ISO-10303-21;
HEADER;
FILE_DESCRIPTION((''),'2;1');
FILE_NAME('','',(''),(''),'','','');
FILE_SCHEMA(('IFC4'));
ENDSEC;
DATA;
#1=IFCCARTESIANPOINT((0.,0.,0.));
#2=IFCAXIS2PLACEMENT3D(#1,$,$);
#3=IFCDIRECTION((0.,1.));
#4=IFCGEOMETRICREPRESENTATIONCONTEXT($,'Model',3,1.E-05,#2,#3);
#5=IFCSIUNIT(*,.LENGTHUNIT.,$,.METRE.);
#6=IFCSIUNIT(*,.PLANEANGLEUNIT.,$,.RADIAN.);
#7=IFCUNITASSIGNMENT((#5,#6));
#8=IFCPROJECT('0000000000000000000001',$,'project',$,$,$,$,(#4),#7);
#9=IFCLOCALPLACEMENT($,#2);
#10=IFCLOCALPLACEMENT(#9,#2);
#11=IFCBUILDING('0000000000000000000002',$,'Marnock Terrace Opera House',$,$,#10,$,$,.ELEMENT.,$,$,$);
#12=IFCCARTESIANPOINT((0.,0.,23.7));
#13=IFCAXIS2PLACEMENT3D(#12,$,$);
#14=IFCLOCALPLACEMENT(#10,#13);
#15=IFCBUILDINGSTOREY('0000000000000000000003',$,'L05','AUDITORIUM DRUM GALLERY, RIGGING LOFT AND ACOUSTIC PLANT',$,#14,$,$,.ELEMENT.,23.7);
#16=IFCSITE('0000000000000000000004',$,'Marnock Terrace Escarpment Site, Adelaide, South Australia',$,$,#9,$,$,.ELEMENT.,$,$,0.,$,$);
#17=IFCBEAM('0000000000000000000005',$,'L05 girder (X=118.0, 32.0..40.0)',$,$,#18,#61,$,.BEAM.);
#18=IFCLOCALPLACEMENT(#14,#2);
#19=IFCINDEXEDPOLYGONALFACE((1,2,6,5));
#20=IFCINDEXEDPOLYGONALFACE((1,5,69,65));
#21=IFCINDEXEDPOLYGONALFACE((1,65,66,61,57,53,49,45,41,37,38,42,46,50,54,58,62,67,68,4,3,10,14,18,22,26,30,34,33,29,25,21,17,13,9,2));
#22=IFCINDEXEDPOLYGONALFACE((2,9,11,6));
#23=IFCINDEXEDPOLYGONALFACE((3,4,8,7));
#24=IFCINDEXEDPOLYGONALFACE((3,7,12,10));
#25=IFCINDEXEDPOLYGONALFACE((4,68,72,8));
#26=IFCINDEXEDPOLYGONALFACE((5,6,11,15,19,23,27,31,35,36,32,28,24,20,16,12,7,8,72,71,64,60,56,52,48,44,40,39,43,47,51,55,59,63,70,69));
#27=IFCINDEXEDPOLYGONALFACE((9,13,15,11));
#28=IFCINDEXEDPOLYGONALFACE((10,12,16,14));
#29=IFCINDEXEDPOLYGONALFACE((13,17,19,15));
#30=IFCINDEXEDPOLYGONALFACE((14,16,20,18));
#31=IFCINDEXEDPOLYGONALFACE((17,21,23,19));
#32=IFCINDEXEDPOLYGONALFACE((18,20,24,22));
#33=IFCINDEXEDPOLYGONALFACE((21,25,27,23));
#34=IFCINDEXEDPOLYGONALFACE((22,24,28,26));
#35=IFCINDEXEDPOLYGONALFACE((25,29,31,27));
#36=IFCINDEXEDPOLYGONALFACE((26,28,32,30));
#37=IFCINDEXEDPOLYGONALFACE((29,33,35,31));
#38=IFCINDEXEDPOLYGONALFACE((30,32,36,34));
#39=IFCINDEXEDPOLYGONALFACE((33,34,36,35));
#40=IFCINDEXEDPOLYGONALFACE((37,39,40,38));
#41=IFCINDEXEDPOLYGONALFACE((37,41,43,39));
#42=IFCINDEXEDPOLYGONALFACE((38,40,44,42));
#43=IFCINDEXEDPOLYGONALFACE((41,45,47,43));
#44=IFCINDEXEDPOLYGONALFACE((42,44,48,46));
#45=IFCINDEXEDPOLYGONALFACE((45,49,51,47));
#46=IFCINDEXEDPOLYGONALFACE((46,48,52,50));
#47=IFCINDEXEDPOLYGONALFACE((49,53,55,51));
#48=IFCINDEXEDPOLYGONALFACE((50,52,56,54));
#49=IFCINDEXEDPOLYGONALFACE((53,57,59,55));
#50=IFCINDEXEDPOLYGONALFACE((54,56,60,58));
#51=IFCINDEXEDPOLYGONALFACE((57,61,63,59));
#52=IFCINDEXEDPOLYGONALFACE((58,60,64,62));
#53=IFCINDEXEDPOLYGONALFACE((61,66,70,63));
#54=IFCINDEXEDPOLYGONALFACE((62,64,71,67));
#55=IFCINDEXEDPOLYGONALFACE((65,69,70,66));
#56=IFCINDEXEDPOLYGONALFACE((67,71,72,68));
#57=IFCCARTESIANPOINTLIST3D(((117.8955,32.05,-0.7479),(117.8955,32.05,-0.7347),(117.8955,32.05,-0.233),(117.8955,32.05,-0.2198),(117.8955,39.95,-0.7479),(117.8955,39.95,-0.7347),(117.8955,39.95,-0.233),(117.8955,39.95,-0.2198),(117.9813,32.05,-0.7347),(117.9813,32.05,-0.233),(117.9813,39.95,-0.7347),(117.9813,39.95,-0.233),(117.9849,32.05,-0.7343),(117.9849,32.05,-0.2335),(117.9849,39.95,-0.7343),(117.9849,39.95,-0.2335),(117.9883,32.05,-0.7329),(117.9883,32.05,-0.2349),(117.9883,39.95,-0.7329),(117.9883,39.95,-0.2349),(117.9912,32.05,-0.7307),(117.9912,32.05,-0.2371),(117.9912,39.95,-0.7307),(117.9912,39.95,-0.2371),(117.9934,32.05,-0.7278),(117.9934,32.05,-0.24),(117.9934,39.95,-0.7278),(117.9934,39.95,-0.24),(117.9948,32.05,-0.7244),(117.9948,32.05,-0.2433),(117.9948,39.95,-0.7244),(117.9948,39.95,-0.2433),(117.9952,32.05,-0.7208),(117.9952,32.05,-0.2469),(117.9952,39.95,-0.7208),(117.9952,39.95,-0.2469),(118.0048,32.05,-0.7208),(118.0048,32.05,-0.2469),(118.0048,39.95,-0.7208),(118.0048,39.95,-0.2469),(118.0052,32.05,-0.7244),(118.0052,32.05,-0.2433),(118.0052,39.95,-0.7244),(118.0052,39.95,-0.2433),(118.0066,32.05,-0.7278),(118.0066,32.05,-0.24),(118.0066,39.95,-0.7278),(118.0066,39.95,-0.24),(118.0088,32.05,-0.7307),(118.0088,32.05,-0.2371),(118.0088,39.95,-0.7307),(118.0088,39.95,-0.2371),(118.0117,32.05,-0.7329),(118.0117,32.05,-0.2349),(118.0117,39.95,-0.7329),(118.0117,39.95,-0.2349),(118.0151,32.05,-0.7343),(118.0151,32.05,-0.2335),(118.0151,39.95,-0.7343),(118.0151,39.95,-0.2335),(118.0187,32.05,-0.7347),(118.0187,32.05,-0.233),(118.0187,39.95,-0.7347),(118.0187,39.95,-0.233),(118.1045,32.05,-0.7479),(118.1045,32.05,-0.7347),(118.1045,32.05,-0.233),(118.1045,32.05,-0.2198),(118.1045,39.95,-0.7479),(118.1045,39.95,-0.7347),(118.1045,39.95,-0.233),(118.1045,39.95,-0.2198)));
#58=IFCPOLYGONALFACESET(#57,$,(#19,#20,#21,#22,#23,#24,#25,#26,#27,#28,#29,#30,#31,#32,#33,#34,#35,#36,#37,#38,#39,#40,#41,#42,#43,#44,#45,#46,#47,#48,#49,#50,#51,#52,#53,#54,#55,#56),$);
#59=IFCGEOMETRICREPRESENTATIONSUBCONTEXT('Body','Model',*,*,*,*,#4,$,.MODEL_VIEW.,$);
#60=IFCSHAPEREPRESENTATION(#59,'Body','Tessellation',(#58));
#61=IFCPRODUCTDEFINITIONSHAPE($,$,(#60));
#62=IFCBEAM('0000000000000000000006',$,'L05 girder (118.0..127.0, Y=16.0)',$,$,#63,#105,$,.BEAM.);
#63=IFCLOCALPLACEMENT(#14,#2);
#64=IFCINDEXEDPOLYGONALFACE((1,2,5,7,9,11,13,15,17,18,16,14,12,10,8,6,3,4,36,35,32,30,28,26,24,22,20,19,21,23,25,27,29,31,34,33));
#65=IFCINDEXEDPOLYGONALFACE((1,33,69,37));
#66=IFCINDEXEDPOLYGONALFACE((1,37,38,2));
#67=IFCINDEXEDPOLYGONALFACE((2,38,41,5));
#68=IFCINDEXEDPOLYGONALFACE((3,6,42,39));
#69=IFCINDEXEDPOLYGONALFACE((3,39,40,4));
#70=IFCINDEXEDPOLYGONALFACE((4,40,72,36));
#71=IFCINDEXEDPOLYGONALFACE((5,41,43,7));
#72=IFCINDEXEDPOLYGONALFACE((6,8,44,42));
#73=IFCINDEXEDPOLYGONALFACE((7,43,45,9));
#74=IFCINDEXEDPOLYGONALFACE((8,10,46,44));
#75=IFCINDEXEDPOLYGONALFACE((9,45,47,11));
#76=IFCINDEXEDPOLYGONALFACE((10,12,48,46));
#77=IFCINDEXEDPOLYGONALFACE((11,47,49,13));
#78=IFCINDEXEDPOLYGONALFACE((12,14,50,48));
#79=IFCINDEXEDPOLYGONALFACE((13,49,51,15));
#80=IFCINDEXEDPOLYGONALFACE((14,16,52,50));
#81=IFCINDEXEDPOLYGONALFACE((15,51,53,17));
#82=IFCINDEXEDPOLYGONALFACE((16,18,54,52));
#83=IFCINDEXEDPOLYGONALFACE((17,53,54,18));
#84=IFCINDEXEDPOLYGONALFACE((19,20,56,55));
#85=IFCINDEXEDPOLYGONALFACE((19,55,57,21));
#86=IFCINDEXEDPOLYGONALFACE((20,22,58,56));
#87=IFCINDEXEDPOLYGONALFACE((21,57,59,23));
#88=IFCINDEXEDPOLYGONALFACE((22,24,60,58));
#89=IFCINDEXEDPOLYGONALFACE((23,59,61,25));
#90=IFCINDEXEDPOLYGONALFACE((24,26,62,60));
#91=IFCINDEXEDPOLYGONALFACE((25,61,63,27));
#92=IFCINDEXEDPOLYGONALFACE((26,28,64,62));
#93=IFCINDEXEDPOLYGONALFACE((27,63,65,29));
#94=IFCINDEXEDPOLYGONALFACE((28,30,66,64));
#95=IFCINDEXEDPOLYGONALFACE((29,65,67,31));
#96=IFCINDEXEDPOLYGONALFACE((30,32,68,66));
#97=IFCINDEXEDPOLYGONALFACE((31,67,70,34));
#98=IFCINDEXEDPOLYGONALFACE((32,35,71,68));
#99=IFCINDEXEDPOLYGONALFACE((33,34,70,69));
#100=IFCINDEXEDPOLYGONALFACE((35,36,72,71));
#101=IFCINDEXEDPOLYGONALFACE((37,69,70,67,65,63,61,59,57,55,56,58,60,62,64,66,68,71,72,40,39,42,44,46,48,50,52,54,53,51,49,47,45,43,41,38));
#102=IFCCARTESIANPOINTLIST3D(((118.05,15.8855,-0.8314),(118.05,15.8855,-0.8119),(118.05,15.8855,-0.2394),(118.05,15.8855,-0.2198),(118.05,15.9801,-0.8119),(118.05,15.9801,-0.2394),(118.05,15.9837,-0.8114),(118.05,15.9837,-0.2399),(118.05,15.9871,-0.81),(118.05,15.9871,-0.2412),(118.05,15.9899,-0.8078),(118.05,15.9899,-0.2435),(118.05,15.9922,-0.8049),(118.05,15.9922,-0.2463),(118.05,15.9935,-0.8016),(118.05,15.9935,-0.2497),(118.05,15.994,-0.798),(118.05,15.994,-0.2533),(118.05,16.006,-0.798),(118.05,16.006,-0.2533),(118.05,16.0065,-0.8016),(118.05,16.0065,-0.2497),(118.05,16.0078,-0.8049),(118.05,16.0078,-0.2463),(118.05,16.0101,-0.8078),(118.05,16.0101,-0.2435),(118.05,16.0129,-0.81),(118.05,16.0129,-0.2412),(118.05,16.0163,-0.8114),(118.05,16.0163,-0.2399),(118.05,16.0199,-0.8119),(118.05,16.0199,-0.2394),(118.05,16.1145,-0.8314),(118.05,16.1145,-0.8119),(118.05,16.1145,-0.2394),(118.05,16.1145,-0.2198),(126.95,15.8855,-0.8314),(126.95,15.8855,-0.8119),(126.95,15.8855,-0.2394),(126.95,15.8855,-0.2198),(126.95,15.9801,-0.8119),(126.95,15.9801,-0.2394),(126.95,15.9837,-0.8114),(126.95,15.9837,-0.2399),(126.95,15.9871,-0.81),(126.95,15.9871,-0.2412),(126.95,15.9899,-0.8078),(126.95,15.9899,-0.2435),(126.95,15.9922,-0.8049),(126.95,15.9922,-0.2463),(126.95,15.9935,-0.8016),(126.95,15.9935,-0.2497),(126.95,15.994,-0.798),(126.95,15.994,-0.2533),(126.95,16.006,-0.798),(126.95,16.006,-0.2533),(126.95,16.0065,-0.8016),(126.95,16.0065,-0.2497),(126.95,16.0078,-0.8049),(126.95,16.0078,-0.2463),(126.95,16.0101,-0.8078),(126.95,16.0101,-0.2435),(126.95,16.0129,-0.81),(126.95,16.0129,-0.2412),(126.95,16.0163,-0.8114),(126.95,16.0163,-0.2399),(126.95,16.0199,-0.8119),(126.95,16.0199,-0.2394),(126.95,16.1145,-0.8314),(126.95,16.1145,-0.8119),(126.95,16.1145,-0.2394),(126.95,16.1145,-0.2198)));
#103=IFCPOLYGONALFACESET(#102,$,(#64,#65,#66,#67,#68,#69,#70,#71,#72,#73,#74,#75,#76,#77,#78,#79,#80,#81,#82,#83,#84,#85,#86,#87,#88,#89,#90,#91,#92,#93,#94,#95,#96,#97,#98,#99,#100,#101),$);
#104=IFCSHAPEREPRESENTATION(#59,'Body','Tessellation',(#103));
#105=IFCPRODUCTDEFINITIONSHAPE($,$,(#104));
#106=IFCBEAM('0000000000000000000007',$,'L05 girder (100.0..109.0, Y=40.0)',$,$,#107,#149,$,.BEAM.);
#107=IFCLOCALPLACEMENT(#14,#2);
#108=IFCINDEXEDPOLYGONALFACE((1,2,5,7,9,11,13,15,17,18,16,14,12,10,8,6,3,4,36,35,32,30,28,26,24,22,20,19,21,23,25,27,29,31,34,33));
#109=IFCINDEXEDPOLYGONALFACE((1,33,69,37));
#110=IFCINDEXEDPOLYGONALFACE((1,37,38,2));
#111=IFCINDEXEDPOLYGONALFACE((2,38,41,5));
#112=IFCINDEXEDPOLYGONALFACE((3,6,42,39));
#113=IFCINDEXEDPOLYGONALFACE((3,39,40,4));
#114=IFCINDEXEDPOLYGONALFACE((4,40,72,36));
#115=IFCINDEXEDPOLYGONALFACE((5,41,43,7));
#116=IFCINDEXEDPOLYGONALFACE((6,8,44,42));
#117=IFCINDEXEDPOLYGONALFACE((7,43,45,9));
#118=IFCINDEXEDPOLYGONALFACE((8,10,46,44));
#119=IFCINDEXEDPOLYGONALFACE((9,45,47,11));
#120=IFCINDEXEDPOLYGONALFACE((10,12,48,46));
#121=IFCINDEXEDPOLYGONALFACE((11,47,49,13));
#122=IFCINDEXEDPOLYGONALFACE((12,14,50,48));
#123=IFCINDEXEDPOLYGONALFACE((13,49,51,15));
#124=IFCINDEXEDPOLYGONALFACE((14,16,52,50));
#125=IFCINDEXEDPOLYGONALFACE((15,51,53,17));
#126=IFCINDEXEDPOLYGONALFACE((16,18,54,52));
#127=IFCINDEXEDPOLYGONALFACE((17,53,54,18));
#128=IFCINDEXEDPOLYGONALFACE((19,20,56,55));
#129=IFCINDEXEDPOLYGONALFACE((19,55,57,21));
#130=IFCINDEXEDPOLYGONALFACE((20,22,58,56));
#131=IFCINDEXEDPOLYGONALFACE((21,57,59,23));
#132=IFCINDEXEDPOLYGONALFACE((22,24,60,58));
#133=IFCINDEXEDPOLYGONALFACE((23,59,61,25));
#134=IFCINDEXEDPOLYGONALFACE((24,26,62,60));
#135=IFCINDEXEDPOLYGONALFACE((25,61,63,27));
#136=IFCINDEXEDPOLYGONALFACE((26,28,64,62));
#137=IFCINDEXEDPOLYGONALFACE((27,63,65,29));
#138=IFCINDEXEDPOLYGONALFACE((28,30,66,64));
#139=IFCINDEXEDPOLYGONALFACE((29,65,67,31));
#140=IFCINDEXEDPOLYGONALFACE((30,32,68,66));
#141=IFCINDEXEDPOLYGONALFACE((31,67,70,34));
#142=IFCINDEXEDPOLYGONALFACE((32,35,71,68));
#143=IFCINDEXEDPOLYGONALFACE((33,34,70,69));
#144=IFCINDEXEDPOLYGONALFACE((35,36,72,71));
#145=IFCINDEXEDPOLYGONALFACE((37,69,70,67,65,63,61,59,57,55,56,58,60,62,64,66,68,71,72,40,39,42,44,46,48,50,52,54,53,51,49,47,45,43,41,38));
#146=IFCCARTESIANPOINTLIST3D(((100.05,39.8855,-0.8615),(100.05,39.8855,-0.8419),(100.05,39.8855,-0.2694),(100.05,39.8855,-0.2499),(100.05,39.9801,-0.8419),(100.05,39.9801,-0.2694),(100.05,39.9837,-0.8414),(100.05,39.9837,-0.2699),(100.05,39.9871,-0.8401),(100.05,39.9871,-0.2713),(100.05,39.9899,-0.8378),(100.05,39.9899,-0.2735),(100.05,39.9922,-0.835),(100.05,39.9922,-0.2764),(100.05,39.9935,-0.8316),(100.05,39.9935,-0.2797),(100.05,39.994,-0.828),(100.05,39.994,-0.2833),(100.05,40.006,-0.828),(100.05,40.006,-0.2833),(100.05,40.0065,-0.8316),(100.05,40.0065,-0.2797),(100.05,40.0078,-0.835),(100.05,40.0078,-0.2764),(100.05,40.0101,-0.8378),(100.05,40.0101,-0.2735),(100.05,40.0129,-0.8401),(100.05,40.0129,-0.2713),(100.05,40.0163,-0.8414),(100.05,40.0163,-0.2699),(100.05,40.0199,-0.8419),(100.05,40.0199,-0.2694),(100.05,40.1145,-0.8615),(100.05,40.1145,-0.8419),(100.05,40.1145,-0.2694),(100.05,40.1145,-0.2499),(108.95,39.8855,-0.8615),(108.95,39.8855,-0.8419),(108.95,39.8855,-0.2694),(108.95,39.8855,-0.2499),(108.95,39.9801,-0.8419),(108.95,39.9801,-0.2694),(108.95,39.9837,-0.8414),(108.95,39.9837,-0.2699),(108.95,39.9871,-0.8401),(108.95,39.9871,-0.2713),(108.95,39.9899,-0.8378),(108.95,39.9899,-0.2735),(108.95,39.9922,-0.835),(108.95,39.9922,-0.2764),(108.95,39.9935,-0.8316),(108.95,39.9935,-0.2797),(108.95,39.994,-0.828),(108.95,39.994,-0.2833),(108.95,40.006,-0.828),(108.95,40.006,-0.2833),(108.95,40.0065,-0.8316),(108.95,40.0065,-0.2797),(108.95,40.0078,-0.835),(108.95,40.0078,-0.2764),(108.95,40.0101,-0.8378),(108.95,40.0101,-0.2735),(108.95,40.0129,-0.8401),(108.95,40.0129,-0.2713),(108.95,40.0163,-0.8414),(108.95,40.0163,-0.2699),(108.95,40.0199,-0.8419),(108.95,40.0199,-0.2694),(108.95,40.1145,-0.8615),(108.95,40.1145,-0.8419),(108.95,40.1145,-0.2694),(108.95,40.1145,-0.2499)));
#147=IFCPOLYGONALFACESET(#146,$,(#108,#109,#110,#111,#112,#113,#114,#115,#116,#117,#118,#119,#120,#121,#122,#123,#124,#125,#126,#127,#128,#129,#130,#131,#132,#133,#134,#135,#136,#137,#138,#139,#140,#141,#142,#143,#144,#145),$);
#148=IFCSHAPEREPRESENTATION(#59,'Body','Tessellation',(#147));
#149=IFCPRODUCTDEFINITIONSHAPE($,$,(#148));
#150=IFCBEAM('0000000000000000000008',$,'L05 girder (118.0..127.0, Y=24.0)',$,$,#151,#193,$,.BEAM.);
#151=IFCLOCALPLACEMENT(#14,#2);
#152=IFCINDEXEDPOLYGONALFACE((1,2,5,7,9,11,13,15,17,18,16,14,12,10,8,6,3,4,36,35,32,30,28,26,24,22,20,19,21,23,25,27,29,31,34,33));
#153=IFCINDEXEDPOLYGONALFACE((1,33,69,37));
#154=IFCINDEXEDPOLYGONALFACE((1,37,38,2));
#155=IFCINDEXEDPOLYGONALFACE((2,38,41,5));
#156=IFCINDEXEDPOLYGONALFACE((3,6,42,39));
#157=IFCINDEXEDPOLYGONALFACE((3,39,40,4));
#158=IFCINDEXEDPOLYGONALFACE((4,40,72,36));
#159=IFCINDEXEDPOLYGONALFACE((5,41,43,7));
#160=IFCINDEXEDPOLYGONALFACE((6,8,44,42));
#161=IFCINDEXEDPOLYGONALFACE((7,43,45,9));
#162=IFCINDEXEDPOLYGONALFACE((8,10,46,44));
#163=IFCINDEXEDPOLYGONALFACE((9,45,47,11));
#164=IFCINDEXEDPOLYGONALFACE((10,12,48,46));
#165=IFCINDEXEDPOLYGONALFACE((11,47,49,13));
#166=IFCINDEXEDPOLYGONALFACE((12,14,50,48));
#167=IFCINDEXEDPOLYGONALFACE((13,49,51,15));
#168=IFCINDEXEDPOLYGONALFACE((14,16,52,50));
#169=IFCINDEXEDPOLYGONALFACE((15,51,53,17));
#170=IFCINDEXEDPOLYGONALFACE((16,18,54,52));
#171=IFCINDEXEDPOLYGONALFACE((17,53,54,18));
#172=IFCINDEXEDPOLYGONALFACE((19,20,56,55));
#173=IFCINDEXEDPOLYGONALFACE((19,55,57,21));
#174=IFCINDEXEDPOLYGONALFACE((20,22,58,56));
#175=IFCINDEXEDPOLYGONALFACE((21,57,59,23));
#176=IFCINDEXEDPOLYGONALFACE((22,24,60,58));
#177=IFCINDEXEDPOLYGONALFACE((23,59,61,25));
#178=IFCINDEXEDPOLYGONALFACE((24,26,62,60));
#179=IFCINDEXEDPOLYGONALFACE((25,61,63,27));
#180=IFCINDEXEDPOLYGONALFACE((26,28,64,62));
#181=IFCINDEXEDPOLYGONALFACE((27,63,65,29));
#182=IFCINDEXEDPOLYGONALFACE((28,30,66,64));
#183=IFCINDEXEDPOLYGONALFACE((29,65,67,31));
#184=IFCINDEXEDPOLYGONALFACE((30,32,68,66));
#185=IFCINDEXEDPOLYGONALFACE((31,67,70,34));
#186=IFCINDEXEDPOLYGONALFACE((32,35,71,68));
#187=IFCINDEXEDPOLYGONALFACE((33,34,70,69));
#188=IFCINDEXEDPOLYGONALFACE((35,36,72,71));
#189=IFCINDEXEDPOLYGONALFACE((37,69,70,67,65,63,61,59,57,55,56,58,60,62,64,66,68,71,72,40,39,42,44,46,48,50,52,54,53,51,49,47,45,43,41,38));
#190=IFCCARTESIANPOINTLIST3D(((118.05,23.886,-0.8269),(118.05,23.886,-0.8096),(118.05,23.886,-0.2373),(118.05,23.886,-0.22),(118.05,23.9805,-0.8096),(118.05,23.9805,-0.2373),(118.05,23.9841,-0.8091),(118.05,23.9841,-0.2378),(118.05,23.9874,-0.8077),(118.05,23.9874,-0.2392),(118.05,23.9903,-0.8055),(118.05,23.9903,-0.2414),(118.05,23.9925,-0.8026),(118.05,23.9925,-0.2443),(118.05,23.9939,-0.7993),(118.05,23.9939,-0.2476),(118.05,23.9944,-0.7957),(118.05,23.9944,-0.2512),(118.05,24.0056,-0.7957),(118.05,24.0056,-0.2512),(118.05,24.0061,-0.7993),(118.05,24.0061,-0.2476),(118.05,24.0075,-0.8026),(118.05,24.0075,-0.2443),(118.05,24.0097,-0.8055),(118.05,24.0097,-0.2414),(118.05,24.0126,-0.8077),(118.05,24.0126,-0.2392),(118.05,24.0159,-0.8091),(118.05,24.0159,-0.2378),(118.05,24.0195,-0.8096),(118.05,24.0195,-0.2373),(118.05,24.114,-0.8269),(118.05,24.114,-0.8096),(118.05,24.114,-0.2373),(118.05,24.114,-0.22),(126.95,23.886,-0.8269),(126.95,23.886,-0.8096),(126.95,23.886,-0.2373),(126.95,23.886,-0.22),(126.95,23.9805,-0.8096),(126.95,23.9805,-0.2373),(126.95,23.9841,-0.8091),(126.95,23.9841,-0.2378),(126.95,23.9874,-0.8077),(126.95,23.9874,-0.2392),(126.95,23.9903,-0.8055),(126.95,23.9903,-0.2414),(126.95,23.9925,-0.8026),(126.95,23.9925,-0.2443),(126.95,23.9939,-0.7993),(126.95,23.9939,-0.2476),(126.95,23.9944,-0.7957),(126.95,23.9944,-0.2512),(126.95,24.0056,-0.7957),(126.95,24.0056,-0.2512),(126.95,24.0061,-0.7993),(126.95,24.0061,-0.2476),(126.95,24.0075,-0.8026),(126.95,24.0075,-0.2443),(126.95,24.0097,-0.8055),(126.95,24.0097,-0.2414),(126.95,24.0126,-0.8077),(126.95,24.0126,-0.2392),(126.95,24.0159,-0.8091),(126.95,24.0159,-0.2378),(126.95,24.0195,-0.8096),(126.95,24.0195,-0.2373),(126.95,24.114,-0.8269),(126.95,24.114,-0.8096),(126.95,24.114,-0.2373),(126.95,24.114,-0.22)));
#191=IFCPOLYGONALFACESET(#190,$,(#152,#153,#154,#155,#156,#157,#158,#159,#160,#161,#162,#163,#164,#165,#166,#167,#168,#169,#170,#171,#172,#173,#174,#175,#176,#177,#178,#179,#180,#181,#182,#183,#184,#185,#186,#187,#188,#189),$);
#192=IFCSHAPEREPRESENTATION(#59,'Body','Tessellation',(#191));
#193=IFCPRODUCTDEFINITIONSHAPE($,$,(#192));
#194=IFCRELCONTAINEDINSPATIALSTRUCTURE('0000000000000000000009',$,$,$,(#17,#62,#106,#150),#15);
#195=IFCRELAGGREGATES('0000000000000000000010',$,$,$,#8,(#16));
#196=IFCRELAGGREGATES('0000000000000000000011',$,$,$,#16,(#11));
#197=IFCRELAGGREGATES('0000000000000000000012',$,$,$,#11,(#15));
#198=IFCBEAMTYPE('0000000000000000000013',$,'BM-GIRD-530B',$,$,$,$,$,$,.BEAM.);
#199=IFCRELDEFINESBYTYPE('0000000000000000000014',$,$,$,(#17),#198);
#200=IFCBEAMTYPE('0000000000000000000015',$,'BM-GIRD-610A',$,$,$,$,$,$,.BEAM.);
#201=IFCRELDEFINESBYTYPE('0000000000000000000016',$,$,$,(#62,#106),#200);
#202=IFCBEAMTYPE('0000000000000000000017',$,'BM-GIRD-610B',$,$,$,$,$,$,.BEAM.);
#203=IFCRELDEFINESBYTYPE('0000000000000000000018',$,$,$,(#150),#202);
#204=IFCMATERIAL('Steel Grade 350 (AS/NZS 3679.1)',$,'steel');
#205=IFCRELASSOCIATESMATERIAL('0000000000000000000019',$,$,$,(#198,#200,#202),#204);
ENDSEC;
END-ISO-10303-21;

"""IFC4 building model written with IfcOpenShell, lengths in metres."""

from ifc_helpers import new_model, si_unit, direction, frame, origin, origin_2d, place, context, subcontext, project, spatial, i_section, extrude, material, material_profile, profile_set, type_object, element, save


model = new_model("IFC4")

# Units and contexts
model_context = context("Model", 3, precision=1e-05, world=origin(), true_north=direction((0.0, 1.0)))
body_context = subcontext(model_context, "Body", "Model", "MODEL_VIEW")
ifc_project = project(units=[si_unit("LENGTHUNIT", "METRE"), si_unit("PLANEANGLEUNIT", "RADIAN")], contexts=[model_context])

# Site, building, storey
site_placement = place(None, origin())
site = spatial("IfcSite", under=ifc_project, at=site_placement, Name="Marnock Terrace Escarpment Site, Adelaide, South Australia", CompositionType="ELEMENT", RefElevation=0.0)
building_placement = place(site_placement, origin())
building = spatial("IfcBuilding", under=site, at=building_placement, Name="Marnock Terrace Opera House", CompositionType="ELEMENT")
storey_placement = place(building_placement, frame((0.0, 0.0, 23.7)))
storey = spatial("IfcBuildingStorey", under=building, at=storey_placement, Name="L05", Description="AUDITORIUM DRUM GALLERY, RIGGING LOFT AND ACOUSTIC PLANT", CompositionType="ELEMENT", Elevation=23.7)

# Beams
ifc_material_1 = material(Name="Steel Grade 350 (AS/NZS 3679.1)", Category="steel")
ifc_material_profile_1 = material_profile(ifc_material_1, i_section(OverallWidth=0.209, OverallDepth=0.5281, WebThickness=0.0095, FlangeThickness=0.0132, FilletRadius=0.0139, at=origin_2d()))
ifc_profile_set_1 = profile_set([ifc_material_profile_1], Name="Steel Grade 350 (AS/NZS 3679.1)")
beam_type_1 = type_object("IfcBeamType", Name="BM-GIRD-530B", PredefinedType="BEAM", material=ifc_profile_set_1)
for number, where, z_axis, x_axis, name in (
    (1, (118.0, 32.05, -0.4839), (0.0, 1.0, 0.0), (-1.0, 0.0, 0.0), "L05 girder (X=118.0, 32.0..40.0)"),
):
    element("IfcBeam", number, at=place(storey_placement, frame(where, z_axis=z_axis, x_axis=x_axis)), inside=storey, type_object=beam_type_1, Name=name, PredefinedType="BEAM", context=body_context, shape_type="SweptSolid", body=[
        extrude(i_section(OverallWidth=0.209, OverallDepth=0.5281, WebThickness=0.0095, FlangeThickness=0.0132, FilletRadius=0.0139, at=origin_2d()), origin(), (0.0, 0.0, 1.0), 7.8999),
    ])
ifc_material_profile_2 = material_profile(ifc_material_1, i_section(OverallWidth=0.229, OverallDepth=0.6116, WebThickness=0.012, FlangeThickness=0.0195, FilletRadius=0.0139, at=origin_2d()))
ifc_profile_set_2 = profile_set([ifc_material_profile_2], Name="Steel Grade 350 (AS/NZS 3679.1)")
beam_type_2 = type_object("IfcBeamType", Name="BM-GIRD-610A", PredefinedType="BEAM", material=ifc_profile_set_2)
for number, where, z_axis, x_axis, name in (
    (2, (118.05, 16.0, -0.5256), (1.0, 0.0, 0.0), (0.0, 1.0, 0.0), "L05 girder (118.0..127.0, Y=16.0)"),
    (3, (100.05, 40.0, -0.5557), (1.0, 0.0, 0.0), (0.0, 1.0, 0.0), "L05 girder (100.0..109.0, Y=40.0)"),
):
    element("IfcBeam", number, at=place(storey_placement, frame(where, z_axis=z_axis, x_axis=x_axis)), inside=storey, type_object=beam_type_2, Name=name, PredefinedType="BEAM", context=body_context, shape_type="SweptSolid", body=[
        extrude(i_section(OverallWidth=0.229, OverallDepth=0.6116, WebThickness=0.012, FlangeThickness=0.0195, FilletRadius=0.0139, at=origin_2d()), origin(), (0.0, 0.0, 1.0), 8.8999),
    ])
ifc_material_profile_3 = material_profile(ifc_material_1, i_section(OverallWidth=0.228, OverallDepth=0.6069, WebThickness=0.0112, FlangeThickness=0.0173, FilletRadius=0.0139, at=origin_2d()))
ifc_profile_set_3 = profile_set([ifc_material_profile_3], Name="Steel Grade 350 (AS/NZS 3679.1)")
beam_type_3 = type_object("IfcBeamType", Name="BM-GIRD-610B", PredefinedType="BEAM", material=ifc_profile_set_3)
beam_1_placement = place(storey_placement, frame((118.05, 24.0, -0.5234), z_axis=(1.0, 0.0, 0.0), x_axis=(0.0, 1.0, 0.0)))
element("IfcBeam", 4, at=beam_1_placement, inside=storey, type_object=beam_type_3, Name="L05 girder (118.0..127.0, Y=24.0)", PredefinedType="BEAM", context=body_context, shape_type="SweptSolid", body=[
    extrude(i_section(OverallWidth=0.228, OverallDepth=0.6069, WebThickness=0.0112, FlangeThickness=0.0173, FilletRadius=0.0139, at=origin_2d()), origin(), (0.0, 0.0, 1.0), 8.8999),
])

save(model, "model.ifc")
